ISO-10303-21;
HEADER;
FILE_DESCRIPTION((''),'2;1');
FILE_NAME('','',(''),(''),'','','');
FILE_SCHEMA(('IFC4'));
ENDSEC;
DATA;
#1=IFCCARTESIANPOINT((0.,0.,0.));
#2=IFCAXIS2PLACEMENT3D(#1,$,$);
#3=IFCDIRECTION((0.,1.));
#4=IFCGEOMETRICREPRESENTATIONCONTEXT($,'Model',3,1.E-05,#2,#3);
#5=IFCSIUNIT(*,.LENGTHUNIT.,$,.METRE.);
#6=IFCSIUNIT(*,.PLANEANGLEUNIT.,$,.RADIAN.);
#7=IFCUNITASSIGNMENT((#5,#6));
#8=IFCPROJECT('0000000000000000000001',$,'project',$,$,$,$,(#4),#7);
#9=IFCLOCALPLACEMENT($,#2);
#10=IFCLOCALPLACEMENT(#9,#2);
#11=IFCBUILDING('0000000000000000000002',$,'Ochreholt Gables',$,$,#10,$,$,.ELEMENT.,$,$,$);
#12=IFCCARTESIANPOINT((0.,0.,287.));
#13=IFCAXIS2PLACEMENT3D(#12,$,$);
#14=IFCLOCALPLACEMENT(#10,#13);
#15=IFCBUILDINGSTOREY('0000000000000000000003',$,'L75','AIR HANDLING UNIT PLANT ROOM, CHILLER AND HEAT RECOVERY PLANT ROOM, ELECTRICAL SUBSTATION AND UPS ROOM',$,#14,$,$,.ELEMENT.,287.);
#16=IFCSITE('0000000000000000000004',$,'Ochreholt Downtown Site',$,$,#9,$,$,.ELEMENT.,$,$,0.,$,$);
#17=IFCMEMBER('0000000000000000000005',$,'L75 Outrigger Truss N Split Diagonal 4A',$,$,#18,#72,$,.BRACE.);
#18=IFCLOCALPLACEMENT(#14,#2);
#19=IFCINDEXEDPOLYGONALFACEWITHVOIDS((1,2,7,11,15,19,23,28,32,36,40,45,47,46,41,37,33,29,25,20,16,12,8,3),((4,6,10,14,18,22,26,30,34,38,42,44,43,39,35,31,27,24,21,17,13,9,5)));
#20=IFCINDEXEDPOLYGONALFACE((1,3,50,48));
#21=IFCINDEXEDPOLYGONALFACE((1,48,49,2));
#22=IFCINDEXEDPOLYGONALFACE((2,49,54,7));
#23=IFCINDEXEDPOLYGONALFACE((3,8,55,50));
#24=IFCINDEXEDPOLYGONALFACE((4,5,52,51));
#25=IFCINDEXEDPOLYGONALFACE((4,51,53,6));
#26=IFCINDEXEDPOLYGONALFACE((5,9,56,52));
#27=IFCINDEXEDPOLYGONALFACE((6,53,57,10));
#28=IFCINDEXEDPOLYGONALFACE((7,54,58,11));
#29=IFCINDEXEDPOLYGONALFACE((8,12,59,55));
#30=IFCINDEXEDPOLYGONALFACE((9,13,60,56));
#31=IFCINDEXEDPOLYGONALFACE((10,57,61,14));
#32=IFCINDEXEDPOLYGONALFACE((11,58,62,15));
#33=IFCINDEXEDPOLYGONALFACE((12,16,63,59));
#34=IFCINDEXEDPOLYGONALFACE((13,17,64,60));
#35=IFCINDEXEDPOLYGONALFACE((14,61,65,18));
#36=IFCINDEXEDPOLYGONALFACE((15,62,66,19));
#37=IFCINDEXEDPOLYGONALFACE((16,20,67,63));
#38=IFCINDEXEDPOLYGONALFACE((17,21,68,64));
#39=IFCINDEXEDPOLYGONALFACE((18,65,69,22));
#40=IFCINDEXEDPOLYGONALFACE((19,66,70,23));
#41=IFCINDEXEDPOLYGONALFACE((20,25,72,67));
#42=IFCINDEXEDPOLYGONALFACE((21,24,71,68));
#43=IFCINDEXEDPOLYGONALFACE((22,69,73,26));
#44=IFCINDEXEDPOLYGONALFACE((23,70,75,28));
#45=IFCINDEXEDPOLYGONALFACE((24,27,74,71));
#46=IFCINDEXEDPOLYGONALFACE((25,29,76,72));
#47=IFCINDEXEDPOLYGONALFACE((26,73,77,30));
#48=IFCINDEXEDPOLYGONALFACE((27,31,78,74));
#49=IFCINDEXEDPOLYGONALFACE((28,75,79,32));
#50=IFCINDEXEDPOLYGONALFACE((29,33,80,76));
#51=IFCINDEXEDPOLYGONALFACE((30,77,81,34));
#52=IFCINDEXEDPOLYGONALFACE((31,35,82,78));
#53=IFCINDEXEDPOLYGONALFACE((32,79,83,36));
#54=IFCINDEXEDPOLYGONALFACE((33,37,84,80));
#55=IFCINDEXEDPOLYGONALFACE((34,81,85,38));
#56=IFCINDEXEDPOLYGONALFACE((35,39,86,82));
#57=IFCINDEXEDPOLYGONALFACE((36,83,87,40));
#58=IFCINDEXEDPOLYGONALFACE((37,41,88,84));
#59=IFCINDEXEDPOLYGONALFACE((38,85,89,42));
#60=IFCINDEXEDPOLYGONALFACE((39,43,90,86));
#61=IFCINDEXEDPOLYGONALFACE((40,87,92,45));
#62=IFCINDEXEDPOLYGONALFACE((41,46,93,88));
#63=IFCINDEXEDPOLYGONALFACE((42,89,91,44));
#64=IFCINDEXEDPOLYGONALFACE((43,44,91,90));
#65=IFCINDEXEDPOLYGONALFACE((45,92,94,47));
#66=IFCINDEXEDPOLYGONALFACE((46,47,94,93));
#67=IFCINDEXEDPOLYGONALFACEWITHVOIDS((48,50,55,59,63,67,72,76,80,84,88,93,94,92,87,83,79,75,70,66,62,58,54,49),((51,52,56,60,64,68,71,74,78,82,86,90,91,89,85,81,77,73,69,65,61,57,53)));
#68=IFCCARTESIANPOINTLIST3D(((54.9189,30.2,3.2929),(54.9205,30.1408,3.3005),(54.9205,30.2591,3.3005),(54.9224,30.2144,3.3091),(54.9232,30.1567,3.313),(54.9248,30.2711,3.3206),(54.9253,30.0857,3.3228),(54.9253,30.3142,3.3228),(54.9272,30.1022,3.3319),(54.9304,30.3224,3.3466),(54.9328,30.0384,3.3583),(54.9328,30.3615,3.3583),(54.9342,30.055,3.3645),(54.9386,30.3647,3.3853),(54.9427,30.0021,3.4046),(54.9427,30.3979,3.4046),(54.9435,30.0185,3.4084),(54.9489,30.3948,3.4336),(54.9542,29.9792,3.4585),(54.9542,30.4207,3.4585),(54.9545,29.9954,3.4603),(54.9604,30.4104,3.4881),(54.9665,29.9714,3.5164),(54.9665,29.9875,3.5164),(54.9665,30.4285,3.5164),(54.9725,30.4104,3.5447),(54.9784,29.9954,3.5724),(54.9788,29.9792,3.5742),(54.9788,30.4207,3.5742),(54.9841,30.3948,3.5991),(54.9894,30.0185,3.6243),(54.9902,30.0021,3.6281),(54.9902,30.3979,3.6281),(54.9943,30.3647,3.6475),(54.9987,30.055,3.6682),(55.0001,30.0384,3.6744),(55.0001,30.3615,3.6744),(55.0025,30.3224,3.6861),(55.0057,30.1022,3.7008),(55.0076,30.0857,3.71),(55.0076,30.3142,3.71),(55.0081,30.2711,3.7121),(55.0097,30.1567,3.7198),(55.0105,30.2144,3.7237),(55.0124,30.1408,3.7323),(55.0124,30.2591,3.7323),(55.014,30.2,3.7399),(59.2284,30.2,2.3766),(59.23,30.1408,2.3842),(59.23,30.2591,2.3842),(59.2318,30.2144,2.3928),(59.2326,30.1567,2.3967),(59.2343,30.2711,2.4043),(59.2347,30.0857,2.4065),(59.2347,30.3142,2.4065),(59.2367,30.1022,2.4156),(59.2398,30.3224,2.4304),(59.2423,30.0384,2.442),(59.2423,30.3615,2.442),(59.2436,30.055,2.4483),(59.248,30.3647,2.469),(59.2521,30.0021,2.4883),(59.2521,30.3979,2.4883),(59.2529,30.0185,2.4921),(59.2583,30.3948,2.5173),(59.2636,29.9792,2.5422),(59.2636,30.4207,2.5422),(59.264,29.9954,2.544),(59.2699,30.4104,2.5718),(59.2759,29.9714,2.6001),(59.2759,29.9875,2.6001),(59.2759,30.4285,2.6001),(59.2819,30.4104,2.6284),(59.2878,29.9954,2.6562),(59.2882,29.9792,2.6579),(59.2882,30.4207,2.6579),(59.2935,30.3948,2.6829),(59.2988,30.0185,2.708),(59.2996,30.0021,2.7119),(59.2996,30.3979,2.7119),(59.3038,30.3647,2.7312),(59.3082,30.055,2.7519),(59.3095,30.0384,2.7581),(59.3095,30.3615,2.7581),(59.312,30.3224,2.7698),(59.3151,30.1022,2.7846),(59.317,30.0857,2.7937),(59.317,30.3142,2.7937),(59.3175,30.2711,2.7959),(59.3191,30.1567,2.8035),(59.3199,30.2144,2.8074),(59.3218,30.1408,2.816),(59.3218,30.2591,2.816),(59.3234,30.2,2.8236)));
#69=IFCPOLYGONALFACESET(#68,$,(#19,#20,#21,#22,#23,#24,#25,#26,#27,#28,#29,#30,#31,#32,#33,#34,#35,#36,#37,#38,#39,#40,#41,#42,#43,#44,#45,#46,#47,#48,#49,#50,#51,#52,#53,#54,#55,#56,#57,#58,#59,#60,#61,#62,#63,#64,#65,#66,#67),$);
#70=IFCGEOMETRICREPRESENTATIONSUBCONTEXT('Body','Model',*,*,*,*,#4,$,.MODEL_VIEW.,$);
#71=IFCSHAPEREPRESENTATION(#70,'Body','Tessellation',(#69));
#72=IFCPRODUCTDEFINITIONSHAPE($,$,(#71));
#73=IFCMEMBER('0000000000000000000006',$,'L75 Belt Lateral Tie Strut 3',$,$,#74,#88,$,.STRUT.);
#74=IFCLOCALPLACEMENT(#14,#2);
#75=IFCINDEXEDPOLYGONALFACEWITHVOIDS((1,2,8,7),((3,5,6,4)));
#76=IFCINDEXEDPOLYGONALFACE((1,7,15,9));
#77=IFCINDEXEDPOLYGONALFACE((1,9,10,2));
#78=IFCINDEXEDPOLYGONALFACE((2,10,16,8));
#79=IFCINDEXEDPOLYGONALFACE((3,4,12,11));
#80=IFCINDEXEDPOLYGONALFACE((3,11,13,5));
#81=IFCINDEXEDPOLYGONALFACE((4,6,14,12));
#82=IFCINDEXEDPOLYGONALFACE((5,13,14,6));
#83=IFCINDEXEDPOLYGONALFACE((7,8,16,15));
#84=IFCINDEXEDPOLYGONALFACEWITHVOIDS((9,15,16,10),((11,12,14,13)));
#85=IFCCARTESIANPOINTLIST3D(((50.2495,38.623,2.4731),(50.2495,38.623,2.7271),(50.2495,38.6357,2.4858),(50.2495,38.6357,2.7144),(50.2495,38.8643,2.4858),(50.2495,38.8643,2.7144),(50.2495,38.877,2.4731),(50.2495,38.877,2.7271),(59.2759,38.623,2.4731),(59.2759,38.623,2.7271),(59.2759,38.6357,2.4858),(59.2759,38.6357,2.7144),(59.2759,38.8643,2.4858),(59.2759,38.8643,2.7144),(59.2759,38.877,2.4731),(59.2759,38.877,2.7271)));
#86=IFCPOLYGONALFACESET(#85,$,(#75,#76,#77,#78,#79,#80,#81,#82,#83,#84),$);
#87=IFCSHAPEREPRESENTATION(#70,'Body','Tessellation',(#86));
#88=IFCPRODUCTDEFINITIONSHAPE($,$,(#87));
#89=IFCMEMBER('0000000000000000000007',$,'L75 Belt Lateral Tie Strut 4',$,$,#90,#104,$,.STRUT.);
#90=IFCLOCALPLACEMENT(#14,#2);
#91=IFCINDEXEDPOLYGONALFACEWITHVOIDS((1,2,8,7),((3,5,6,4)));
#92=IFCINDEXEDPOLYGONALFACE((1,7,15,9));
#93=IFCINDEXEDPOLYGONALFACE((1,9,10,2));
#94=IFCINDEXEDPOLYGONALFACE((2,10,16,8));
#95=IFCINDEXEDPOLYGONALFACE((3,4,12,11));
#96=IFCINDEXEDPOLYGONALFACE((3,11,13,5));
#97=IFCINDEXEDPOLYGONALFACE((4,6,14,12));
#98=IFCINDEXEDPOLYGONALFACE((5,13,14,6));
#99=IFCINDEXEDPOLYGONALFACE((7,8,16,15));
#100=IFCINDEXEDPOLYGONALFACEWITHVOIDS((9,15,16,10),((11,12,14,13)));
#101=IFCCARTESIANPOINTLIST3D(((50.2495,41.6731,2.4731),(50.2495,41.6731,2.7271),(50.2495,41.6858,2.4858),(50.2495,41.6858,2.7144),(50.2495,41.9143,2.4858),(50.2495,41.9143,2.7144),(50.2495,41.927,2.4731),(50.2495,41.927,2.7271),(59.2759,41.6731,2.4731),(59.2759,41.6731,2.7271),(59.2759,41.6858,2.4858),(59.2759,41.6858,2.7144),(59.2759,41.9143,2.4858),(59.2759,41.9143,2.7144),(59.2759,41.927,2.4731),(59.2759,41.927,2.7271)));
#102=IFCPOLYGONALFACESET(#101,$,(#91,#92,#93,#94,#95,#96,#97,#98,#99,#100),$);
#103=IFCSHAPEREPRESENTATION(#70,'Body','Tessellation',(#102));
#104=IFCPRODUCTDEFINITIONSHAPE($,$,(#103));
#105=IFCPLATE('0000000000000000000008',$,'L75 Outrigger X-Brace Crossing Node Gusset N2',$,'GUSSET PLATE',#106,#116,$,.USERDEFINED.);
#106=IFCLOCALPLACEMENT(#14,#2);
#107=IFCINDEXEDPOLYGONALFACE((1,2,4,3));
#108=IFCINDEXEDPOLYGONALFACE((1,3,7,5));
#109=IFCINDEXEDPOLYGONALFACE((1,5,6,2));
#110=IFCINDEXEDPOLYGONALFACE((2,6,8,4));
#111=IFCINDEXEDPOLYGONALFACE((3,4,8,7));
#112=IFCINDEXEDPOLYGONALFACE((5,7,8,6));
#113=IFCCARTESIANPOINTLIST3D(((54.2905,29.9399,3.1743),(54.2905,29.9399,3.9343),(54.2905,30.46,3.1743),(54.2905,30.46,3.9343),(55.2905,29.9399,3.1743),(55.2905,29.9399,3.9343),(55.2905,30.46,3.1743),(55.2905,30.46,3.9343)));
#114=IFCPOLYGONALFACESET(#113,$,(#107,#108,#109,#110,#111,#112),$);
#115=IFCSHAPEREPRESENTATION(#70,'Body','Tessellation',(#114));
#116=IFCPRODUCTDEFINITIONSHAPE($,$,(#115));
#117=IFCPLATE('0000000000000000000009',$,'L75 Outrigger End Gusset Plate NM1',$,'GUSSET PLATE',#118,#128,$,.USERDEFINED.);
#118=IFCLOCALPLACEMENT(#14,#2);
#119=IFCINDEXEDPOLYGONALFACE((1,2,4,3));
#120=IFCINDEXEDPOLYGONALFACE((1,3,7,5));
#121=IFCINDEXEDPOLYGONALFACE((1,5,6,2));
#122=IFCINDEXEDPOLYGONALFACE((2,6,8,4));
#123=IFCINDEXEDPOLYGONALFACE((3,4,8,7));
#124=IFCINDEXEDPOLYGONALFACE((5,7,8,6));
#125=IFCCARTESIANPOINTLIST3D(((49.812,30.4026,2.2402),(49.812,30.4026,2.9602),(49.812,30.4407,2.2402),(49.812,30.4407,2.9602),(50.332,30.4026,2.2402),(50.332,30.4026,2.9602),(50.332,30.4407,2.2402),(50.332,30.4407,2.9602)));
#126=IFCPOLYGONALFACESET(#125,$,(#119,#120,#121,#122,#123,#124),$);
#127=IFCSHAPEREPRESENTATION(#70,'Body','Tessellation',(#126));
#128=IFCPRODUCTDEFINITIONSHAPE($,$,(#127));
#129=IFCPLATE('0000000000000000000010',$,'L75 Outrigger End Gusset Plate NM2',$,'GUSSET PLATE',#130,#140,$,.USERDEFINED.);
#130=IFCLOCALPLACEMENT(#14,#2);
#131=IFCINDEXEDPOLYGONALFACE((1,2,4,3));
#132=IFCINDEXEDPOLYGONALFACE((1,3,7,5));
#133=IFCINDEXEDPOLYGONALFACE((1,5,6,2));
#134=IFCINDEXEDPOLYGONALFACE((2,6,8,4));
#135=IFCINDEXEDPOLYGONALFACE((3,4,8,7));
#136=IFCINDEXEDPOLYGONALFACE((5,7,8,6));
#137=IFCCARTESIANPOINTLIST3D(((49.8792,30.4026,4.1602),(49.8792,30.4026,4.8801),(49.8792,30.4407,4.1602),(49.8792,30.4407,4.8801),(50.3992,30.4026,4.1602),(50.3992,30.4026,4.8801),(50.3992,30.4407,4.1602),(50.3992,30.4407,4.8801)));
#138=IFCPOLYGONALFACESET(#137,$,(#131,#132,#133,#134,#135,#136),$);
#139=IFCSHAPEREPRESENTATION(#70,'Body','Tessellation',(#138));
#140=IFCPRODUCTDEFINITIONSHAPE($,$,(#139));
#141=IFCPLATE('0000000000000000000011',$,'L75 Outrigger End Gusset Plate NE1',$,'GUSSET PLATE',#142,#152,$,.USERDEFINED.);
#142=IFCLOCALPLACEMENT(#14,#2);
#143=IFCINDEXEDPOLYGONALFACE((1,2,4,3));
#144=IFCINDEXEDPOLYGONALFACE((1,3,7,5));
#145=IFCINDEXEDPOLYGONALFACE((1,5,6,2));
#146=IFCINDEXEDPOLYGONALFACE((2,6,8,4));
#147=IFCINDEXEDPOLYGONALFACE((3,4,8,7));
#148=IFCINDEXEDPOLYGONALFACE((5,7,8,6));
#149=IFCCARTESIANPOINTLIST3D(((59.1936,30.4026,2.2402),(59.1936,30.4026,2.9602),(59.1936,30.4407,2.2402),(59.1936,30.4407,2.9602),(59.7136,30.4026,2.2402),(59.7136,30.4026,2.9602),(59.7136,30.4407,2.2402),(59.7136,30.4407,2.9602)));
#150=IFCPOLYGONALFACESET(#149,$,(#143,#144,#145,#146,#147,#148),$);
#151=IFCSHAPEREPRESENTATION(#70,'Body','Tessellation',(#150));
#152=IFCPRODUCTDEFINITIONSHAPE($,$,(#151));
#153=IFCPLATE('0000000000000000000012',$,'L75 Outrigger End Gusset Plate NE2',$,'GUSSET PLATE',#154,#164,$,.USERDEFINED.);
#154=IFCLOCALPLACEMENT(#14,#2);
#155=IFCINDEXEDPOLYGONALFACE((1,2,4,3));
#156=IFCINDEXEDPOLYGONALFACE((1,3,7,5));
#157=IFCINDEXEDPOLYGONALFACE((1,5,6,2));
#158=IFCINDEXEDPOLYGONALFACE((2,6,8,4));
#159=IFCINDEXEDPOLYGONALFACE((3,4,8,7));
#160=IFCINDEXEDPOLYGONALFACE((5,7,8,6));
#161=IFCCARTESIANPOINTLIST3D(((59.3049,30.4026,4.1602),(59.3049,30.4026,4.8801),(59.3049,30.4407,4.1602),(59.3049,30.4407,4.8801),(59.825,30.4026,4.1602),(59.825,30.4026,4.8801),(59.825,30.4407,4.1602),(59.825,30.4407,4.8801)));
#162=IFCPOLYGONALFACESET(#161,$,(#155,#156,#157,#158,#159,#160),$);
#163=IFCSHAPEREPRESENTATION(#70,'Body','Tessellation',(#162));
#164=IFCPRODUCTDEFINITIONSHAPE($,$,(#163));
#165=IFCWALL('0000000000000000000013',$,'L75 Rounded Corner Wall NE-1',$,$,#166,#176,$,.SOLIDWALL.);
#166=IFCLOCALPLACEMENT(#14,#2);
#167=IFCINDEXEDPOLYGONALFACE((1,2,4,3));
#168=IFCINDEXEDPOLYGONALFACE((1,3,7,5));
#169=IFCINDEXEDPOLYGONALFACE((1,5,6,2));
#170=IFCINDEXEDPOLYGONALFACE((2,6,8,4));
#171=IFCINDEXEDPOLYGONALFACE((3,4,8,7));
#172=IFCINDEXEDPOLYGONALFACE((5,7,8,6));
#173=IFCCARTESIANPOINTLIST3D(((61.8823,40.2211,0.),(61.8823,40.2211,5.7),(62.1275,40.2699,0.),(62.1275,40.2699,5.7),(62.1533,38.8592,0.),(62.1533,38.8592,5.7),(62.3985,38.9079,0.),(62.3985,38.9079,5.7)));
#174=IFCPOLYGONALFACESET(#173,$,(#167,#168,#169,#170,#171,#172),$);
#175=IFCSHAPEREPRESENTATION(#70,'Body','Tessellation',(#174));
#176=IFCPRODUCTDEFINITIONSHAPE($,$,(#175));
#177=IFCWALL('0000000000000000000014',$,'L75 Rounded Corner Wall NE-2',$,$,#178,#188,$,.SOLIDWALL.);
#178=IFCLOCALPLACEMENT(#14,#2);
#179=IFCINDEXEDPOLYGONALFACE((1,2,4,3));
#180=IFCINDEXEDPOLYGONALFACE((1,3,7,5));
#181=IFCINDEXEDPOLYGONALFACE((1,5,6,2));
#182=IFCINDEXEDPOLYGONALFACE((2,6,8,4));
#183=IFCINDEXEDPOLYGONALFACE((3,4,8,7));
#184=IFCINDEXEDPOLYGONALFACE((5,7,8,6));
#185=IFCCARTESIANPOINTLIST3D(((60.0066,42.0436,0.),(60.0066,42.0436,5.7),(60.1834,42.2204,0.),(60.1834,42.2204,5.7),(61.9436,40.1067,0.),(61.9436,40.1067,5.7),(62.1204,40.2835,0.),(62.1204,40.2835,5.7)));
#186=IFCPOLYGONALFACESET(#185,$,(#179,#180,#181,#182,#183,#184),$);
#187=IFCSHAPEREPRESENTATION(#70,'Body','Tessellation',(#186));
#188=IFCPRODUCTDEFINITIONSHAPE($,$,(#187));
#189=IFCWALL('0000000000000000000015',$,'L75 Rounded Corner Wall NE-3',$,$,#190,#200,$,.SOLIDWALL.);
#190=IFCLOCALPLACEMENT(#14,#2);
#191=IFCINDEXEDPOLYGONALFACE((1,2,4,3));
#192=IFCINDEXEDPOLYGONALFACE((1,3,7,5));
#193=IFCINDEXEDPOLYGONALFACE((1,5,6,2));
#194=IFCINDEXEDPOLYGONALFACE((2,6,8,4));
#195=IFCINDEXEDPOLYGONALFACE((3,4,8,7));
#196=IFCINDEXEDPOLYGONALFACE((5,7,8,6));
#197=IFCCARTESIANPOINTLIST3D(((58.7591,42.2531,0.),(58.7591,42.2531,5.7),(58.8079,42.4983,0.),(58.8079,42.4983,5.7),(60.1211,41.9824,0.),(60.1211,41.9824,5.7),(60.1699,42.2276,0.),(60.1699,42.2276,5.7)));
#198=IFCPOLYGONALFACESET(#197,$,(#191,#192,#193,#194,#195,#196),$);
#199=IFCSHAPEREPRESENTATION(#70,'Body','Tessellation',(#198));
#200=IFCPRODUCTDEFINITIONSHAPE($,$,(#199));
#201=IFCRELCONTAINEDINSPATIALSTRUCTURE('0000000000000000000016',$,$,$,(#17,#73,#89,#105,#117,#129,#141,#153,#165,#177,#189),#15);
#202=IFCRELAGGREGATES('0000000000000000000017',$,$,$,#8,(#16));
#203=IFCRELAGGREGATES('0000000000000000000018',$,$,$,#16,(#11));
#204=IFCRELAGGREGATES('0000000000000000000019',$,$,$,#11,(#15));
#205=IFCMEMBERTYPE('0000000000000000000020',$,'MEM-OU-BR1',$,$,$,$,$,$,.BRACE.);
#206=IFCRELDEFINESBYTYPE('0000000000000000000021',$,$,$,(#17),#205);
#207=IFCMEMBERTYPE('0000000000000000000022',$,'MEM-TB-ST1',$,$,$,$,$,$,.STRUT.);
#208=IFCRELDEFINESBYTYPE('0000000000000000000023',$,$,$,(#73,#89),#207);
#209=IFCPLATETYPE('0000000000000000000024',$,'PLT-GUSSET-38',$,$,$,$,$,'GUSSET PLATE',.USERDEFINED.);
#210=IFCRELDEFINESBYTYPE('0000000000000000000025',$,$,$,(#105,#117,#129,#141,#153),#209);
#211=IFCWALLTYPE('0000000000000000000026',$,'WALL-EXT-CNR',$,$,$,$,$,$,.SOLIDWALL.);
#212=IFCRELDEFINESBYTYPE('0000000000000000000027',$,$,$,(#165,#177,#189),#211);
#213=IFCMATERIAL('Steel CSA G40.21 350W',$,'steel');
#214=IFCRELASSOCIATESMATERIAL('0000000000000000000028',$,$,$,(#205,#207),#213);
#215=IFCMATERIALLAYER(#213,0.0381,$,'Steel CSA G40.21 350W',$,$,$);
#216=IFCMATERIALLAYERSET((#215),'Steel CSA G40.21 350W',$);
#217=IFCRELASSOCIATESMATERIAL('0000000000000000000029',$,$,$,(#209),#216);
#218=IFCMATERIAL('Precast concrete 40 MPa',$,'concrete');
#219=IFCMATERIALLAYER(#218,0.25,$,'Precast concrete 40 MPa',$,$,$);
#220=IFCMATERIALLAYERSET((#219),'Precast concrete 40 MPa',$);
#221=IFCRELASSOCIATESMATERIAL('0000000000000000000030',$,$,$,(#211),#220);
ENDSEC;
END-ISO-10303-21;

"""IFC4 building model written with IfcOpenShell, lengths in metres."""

from ifc_helpers import new_model, si_unit, direction, frame, frame_2d, origin, origin_2d, place, context, subcontext, project, spatial, rectangle, hollow_rectangle, hollow_circle, extrude, material, layer, layer_set, material_profile, profile_set, type_object, element, save


model = new_model("IFC4")

# Units and contexts
model_context = context("Model", 3, precision=1e-05, world=origin(), true_north=direction((0.0, 1.0)))
body_context = subcontext(model_context, "Body", "Model", "MODEL_VIEW")
ifc_project = project(units=[si_unit("LENGTHUNIT", "METRE"), si_unit("PLANEANGLEUNIT", "RADIAN")], contexts=[model_context])

# Site, building, storey
site_placement = place(None, origin())
site = spatial("IfcSite", under=ifc_project, at=site_placement, Name="Ochreholt Downtown Site", CompositionType="ELEMENT", RefElevation=0.0)
building_placement = place(site_placement, origin())
building = spatial("IfcBuilding", under=site, at=building_placement, Name="Ochreholt Gables", CompositionType="ELEMENT")
storey_placement = place(building_placement, frame((0.0, 0.0, 287.0)))
storey = spatial("IfcBuildingStorey", under=building, at=storey_placement, Name="L75", Description="AIR HANDLING UNIT PLANT ROOM, CHILLER AND HEAT RECOVERY PLANT ROOM, ELECTRICAL SUBSTATION AND UPS ROOM", CompositionType="ELEMENT", Elevation=287.0)

# Shared definitions
ifc_material_1 = material(Name="Steel CSA G40.21 350W", Category="steel")

# Members
ifc_material_profile_1 = material_profile(ifc_material_1, hollow_circle(Radius=0.2285, WallThickness=0.0161, at=origin_2d()), Name="CHS457X16")
ifc_profile_set_1 = profile_set([ifc_material_profile_1], Name="Steel CSA G40.21 350W")
member_type_1 = type_object("IfcMemberType", Name="MEM-OU-BR1", PredefinedType="BRACE", material=ifc_profile_set_1)
member_placement = place(storey_placement, frame((59.2759, 30.2, 2.6001), z_axis=(-0.978134, 0.0, 0.207973), x_axis=(0.0, -1.0, 0.0)))
element("IfcMember", 1, at=member_placement, inside=storey, type_object=member_type_1, Name="L75 Outrigger Truss N Split Diagonal 4A", PredefinedType="BRACE", context=body_context, shape_type="SweptSolid", body=[
    extrude(hollow_circle(Radius=0.2285, WallThickness=0.0161, at=origin_2d()), origin(), (0.0, 0.0, 1.0), 4.4058),
])
ifc_material_profile_2 = material_profile(ifc_material_1, hollow_rectangle(XDim=0.2539, YDim=0.2539, WallThickness=0.0127, at=origin_2d()), Name="HSS254X254X13")
ifc_profile_set_2 = profile_set([ifc_material_profile_2], Name="Steel CSA G40.21 350W")
member_type_2 = type_object("IfcMemberType", Name="MEM-TB-ST1", PredefinedType="STRUT", material=ifc_profile_set_2)
for number, where, z_axis, x_axis, name in (
    (2, (50.2495, 38.75, 2.6001), (1.0, 0.0, 0.0), (0.0, 1.0, 0.0), "L75 Belt Lateral Tie Strut 3"),
    (3, (50.2495, 41.8, 2.6001), (1.0, 0.0, 0.0), (0.0, 1.0, 0.0), "L75 Belt Lateral Tie Strut 4"),
):
    element("IfcMember", number, at=place(storey_placement, frame(where, z_axis=z_axis, x_axis=x_axis)), inside=storey, type_object=member_type_2, Name=name, PredefinedType="STRUT", context=body_context, shape_type="SweptSolid", body=[
        extrude(hollow_rectangle(XDim=0.2539, YDim=0.2539, WallThickness=0.0127, at=origin_2d()), origin(), (0.0, 0.0, 1.0), 9.0264),
    ])

# Plates
ifc_layer_1 = layer(ifc_material_1, 0.0381, Name="Steel CSA G40.21 350W")
ifc_layer_set_1 = layer_set([ifc_layer_1], Name="Steel CSA G40.21 350W")
plate_type = type_object("IfcPlateType", Name="PLT-GUSSET-38", ElementType="GUSSET PLATE", PredefinedType="USERDEFINED", material=ifc_layer_set_1)
plate_placement = place(storey_placement, frame((54.7905, 30.2, 3.1743), z_axis=(0.0, 0.0, 1.0), x_axis=(1.0, 0.0, 0.0)))
element("IfcPlate", 4, at=plate_placement, inside=storey, type_object=plate_type, Name="L75 Outrigger X-Brace Crossing Node Gusset N2", ObjectType="GUSSET PLATE", PredefinedType="USERDEFINED", context=body_context, shape_type="SweptSolid", body=[
    extrude(rectangle(XDim=1.0, YDim=0.52, at=origin_2d()), origin(), (0.0, 0.0, 1.0), 0.76),
])
for number, where, z_axis, x_axis, name in (
    (5, (50.072, 30.4216, 2.2402), (0.0, 0.0, 1.0), (1.0, 0.0, 0.0), "L75 Outrigger End Gusset Plate NM1"),
    (6, (50.1392, 30.4216, 4.1602), (0.0, 0.0, 1.0), (1.0, 0.0, 0.0), "L75 Outrigger End Gusset Plate NM2"),
    (7, (59.4536, 30.4216, 2.2402), (0.0, 0.0, 1.0), (1.0, 0.0, 0.0), "L75 Outrigger End Gusset Plate NE1"),
    (8, (59.5649, 30.4216, 4.1602), (0.0, 0.0, 1.0), (1.0, 0.0, 0.0), "L75 Outrigger End Gusset Plate NE2"),
):
    element("IfcPlate", number, at=place(storey_placement, frame(where, z_axis=z_axis, x_axis=x_axis)), inside=storey, type_object=plate_type, Name=name, ObjectType="GUSSET PLATE", PredefinedType="USERDEFINED", context=body_context, shape_type="SweptSolid", body=[
        extrude(rectangle(XDim=0.52, YDim=0.0381, at=origin_2d()), origin(), (0.0, 0.0, 1.0), 0.72),
    ])

# Walls
ifc_material_2 = material(Name="Precast concrete 40 MPa", Category="concrete")
ifc_layer_2 = layer(ifc_material_2, 0.25, Name="Precast concrete 40 MPa")
ifc_layer_set_2 = layer_set([ifc_layer_2], Name="Precast concrete 40 MPa")
wall_type_1 = type_object("IfcWallType", Name="WALL-EXT-CNR", PredefinedType="SOLIDWALL", material=ifc_layer_set_2)
wall_1_placement = place(storey_placement, frame((62.2759, 38.8835, 0.0), z_axis=(0.0, 0.0, 1.0), x_axis=(-0.195136, 0.980776, 0.0)))
element("IfcWall", 9, at=wall_1_placement, inside=storey, type_object=wall_type_1, Name="L75 Rounded Corner Wall NE-1", PredefinedType="SOLIDWALL", context=body_context, shape_type="SweptSolid", body=[
    extrude(rectangle(XDim=1.3887, YDim=0.25, at=frame_2d((0.6943, 0.0))), origin(), (0.0, 0.0, 1.0), 5.7),
])
wall_2_placement = place(storey_placement, frame((62.032, 40.1951, 0.0), z_axis=(0.0, 0.0, 1.0), x_axis=(-0.707107, 0.707107, 0.0)))
element("IfcWall", 10, at=wall_2_placement, inside=storey, type_object=wall_type_1, Name="L75 Rounded Corner Wall NE-2", PredefinedType="SOLIDWALL", context=body_context, shape_type="SweptSolid", body=[
    extrude(rectangle(XDim=2.7393, YDim=0.25, at=frame_2d((1.3696, 0.0))), origin(), (0.0, 0.0, 1.0), 5.7),
])
wall_3_placement = place(storey_placement, frame((60.1455, 42.105, 0.0), z_axis=(0.0, 0.0, 1.0), x_axis=(-0.98081, 0.194967, 0.0)))
element("IfcWall", 11, at=wall_3_placement, inside=storey, type_object=wall_type_1, Name="L75 Rounded Corner Wall NE-3", PredefinedType="SOLIDWALL", context=body_context, shape_type="SweptSolid", body=[
    extrude(rectangle(XDim=1.3887, YDim=0.25, at=frame_2d((0.6943, 0.0))), origin(), (0.0, 0.0, 1.0), 5.7),
])

save(model, "model.ifc")
